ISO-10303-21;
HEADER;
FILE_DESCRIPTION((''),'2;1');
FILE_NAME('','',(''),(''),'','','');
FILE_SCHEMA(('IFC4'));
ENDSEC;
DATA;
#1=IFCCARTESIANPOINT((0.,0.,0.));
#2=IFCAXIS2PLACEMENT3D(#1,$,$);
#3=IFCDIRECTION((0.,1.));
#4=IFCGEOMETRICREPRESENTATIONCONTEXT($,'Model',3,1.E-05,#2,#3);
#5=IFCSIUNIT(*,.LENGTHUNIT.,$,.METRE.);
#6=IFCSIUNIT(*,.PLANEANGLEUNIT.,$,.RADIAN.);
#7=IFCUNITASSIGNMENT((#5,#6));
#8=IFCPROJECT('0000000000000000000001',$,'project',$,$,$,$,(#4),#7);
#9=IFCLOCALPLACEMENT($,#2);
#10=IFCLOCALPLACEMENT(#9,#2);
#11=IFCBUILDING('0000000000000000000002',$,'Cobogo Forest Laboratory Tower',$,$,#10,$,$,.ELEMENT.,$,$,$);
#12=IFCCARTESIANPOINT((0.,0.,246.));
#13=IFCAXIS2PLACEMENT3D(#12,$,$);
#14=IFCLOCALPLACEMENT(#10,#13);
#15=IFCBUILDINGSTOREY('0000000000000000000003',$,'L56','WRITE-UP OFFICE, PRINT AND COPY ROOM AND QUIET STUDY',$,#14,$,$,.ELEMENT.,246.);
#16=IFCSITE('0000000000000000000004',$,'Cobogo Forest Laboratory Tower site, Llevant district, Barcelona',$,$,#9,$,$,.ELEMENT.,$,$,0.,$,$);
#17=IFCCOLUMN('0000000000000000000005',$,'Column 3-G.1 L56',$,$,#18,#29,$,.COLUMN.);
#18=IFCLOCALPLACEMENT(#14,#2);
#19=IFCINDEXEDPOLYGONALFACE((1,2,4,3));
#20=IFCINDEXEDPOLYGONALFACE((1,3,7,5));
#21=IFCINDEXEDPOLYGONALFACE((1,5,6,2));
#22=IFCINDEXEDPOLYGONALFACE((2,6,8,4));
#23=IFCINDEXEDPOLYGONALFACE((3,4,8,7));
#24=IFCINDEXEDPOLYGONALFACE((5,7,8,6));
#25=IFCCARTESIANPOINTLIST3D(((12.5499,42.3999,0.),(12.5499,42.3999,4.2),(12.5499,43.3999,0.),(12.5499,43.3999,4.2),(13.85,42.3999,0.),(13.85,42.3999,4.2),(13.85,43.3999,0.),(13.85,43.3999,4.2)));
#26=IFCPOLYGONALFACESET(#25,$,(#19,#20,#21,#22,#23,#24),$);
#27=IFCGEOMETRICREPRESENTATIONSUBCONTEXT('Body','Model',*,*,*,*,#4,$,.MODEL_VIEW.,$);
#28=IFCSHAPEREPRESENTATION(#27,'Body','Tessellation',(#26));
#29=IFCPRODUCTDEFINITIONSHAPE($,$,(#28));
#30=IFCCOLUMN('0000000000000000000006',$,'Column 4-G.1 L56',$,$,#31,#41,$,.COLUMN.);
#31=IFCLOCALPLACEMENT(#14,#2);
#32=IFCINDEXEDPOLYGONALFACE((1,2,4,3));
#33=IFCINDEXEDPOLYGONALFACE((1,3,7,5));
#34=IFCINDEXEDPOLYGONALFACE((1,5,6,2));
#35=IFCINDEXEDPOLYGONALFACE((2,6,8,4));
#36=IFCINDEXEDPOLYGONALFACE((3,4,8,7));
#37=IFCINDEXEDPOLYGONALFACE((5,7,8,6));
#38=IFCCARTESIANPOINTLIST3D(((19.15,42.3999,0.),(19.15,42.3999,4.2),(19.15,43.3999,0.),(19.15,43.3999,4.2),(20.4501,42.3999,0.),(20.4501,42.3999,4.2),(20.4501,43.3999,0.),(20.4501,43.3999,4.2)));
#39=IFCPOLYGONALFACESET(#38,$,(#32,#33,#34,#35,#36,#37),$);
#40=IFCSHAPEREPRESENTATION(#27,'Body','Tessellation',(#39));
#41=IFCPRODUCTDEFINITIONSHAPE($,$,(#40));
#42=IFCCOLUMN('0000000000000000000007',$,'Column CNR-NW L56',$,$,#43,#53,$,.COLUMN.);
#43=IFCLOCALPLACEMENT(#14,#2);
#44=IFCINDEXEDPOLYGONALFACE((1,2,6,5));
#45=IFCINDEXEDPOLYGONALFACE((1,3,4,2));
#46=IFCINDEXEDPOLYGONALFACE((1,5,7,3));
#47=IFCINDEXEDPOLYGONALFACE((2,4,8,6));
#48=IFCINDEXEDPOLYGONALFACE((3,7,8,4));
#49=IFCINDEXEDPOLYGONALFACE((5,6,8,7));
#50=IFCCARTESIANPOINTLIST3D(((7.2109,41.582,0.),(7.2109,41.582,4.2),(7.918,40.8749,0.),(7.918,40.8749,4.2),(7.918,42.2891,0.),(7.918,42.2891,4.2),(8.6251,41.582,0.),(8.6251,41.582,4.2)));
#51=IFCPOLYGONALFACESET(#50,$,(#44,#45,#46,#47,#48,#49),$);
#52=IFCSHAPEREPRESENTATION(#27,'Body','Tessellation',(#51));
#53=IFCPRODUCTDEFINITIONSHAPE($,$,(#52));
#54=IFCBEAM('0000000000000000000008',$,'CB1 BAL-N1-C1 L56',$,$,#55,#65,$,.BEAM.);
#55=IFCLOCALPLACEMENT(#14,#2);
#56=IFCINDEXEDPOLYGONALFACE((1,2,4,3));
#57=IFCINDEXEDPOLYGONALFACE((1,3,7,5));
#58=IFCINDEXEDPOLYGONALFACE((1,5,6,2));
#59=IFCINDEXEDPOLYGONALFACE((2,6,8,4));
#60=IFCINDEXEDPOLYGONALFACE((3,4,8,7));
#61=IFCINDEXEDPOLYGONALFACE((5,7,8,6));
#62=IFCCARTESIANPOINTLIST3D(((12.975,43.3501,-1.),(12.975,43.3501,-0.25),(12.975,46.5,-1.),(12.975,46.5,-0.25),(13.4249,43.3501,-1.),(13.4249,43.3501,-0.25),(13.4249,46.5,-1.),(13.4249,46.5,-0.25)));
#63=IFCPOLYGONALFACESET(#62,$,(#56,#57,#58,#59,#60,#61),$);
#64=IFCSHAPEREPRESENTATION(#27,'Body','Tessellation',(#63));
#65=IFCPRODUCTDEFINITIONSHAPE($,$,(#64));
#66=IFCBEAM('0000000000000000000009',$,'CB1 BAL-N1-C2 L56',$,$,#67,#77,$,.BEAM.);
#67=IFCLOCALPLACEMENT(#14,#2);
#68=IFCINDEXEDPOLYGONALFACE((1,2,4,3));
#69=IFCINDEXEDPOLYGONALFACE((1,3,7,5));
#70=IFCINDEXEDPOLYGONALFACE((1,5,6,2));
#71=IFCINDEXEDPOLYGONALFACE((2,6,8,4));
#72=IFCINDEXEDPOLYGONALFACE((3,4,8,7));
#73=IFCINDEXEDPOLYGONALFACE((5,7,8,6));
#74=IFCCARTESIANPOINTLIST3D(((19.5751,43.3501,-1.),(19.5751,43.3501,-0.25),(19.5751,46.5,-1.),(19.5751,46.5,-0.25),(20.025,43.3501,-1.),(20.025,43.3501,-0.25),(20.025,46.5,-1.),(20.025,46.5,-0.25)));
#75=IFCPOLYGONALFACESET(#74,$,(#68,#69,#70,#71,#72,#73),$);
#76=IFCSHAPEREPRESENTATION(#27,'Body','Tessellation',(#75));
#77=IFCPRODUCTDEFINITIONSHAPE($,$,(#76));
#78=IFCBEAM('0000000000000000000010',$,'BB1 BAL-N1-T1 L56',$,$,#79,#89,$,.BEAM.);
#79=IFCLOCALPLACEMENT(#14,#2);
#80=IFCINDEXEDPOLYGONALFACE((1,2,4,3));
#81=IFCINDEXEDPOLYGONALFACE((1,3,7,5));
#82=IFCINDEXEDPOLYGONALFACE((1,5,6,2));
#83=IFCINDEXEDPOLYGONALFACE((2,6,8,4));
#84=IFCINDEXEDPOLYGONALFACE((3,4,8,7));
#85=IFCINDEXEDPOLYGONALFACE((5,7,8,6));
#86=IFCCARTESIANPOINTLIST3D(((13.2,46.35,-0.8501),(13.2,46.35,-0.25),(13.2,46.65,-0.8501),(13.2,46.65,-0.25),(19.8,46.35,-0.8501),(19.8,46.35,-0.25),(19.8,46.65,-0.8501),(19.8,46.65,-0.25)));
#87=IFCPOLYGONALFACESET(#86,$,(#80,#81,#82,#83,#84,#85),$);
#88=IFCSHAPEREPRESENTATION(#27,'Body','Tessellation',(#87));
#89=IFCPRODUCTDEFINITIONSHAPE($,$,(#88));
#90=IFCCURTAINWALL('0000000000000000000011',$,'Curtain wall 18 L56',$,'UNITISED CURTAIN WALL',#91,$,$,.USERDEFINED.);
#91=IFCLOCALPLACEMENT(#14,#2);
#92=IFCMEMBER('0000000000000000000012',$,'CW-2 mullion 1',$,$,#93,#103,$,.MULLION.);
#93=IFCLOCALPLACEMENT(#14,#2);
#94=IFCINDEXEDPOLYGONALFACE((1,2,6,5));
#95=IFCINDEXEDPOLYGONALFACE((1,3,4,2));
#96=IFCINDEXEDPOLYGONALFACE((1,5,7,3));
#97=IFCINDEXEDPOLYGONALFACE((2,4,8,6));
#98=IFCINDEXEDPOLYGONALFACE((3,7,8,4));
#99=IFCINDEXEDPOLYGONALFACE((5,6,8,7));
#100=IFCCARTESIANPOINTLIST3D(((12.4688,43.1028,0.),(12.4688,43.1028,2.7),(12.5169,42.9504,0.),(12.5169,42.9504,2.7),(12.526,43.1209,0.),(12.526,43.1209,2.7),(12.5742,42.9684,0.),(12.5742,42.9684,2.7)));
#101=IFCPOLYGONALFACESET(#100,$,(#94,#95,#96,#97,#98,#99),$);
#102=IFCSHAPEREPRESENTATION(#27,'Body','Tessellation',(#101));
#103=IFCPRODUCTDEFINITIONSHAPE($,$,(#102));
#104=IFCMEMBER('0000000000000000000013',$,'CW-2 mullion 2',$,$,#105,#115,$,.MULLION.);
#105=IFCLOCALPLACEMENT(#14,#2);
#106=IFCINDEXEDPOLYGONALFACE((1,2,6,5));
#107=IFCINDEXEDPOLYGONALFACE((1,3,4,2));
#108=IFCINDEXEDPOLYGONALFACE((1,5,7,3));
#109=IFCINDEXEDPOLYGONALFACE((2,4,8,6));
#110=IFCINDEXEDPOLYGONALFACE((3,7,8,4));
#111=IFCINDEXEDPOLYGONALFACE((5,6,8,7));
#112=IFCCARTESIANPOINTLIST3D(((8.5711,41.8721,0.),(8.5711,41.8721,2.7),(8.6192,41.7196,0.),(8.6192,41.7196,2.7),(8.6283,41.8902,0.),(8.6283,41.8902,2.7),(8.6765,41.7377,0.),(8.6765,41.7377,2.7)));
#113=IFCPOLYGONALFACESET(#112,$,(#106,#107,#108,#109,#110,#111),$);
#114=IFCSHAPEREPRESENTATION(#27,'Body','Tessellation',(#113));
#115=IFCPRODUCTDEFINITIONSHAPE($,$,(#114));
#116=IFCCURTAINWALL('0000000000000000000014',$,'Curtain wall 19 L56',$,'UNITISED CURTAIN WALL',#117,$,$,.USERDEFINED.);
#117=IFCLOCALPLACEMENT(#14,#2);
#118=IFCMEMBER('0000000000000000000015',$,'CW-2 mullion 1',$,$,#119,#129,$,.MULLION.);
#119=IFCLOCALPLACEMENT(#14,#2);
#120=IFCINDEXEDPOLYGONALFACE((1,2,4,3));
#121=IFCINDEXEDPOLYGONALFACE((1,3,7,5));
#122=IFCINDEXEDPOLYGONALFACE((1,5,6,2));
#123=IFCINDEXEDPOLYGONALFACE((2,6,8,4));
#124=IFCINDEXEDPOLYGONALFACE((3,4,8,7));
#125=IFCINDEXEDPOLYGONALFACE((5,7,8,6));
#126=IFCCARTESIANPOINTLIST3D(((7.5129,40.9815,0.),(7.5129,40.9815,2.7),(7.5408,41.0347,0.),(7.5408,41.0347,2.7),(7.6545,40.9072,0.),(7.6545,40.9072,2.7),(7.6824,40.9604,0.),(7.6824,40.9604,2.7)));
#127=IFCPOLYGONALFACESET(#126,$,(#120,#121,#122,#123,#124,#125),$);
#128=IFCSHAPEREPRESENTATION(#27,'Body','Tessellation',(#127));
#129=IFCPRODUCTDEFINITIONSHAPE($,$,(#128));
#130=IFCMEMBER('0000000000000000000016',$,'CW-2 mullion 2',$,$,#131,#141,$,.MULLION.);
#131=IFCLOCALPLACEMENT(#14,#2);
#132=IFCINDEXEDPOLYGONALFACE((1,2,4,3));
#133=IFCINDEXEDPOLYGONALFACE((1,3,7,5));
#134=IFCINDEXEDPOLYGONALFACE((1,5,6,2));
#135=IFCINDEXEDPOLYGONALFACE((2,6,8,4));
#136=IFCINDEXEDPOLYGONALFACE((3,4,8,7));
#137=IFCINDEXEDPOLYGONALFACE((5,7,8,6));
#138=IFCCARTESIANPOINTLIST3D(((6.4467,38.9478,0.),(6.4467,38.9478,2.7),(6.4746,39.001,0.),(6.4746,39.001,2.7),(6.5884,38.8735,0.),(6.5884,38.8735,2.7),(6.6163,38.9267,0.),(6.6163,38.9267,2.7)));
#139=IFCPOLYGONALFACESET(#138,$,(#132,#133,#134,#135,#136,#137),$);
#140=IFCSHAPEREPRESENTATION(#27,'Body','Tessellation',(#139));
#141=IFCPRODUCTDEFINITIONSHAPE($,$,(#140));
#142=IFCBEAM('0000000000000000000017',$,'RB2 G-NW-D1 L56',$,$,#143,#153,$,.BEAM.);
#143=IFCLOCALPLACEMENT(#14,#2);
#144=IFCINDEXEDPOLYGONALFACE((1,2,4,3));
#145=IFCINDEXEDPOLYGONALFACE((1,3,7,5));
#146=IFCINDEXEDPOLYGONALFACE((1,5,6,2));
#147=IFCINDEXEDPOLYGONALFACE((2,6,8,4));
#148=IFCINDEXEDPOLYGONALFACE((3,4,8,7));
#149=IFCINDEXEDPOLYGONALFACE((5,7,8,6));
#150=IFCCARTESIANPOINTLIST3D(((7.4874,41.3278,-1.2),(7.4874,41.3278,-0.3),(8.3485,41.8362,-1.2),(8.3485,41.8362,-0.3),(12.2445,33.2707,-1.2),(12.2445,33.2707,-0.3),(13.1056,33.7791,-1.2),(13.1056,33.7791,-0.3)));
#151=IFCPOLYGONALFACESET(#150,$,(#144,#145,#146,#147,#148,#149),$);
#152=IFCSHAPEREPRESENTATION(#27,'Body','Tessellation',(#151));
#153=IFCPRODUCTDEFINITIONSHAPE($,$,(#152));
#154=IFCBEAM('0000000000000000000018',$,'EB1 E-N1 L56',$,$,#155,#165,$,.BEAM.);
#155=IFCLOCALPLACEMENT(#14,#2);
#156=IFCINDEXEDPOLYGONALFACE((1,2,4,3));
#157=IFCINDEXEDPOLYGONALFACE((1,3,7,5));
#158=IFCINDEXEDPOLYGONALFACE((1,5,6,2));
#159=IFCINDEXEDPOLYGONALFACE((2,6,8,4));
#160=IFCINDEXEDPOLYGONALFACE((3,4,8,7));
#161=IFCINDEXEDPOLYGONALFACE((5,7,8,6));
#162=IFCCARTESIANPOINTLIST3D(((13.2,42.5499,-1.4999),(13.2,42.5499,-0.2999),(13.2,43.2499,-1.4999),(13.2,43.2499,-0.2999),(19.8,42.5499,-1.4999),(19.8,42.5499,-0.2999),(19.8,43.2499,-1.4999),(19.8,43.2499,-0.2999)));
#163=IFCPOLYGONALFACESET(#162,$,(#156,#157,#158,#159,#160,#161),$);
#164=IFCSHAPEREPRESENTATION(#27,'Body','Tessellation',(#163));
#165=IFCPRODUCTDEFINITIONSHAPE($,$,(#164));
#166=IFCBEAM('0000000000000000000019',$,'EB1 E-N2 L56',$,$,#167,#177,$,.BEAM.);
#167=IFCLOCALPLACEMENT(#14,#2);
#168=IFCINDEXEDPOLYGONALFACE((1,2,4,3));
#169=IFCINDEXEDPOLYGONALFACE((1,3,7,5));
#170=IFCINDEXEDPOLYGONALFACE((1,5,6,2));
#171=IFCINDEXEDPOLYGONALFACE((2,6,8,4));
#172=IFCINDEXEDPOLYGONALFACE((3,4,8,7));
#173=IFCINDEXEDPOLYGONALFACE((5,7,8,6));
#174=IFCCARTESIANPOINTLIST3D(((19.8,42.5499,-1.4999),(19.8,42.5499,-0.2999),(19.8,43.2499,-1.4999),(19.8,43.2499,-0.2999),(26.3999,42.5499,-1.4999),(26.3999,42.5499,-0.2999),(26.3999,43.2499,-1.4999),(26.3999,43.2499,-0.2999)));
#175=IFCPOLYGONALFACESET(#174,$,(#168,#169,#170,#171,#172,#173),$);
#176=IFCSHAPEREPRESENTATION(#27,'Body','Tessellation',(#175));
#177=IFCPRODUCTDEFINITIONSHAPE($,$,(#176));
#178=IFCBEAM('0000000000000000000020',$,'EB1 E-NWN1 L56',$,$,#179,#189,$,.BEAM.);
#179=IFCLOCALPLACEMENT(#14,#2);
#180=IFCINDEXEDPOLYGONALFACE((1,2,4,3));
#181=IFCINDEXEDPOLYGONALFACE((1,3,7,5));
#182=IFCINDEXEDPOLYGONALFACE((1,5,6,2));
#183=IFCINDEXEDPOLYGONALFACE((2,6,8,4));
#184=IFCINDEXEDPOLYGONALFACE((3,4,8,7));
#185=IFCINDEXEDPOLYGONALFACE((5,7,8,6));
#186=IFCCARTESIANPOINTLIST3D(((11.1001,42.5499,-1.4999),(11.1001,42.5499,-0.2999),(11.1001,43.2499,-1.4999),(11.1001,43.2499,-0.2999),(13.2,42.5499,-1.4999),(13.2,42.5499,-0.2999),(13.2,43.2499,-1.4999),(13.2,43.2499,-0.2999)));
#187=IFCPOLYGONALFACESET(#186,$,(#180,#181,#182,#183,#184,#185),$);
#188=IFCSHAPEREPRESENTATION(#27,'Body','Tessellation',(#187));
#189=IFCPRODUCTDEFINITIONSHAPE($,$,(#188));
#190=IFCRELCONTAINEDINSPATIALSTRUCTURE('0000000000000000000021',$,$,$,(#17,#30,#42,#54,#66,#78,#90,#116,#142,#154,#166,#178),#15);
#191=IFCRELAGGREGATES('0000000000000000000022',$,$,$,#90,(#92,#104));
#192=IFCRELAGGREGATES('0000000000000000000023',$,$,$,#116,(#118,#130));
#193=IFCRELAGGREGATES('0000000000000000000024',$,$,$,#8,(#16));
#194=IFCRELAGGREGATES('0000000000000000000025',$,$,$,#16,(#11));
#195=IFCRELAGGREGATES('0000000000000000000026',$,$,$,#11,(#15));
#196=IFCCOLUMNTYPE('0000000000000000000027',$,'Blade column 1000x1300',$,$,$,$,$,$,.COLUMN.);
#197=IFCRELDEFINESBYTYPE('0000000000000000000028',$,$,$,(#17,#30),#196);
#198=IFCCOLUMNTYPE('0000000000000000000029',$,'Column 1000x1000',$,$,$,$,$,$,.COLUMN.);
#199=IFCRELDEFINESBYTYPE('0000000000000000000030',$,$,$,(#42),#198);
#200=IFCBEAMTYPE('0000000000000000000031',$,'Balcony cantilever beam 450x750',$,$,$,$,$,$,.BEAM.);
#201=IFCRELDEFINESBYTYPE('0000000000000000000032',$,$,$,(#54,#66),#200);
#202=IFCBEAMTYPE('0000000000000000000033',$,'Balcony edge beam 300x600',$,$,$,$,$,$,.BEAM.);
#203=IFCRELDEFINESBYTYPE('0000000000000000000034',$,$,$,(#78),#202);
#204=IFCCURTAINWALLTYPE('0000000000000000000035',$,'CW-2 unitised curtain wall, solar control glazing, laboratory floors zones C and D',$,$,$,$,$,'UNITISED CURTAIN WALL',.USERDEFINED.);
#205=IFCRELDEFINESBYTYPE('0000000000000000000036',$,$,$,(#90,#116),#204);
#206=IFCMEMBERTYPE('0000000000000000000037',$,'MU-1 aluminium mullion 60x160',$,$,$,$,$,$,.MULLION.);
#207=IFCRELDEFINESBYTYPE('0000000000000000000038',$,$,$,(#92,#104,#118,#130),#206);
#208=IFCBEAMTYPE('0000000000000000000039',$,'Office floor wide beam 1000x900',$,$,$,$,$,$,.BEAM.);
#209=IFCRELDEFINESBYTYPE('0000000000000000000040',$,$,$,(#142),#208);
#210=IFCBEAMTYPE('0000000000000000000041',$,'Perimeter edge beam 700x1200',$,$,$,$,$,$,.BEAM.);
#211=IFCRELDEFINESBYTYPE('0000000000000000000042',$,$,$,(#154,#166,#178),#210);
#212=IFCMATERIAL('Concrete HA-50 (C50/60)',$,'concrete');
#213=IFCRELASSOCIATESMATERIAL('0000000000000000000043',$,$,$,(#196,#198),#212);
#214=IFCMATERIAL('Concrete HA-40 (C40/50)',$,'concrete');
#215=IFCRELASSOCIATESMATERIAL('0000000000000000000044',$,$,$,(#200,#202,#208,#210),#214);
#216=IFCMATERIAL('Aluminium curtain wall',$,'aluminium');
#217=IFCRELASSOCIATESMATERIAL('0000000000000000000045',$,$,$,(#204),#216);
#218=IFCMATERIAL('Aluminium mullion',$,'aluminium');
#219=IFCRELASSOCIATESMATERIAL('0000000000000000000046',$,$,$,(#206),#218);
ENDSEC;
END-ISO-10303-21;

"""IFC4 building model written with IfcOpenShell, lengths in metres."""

from ifc_helpers import new_model, si_unit, direction, frame, origin, origin_2d, place, context, subcontext, project, spatial, rectangle, extrude, material, material_profile, profile_set, type_object, element, aggregate, save


model = new_model("IFC4")

# Units and contexts
model_context = context("Model", 3, precision=1e-05, world=origin(), true_north=direction((0.0, 1.0)))
body_context = subcontext(model_context, "Body", "Model", "MODEL_VIEW")
ifc_project = project(units=[si_unit("LENGTHUNIT", "METRE"), si_unit("PLANEANGLEUNIT", "RADIAN")], contexts=[model_context])

# Site, building, storey
site_placement = place(None, origin())
site = spatial("IfcSite", under=ifc_project, at=site_placement, Name="Cobogo Forest Laboratory Tower site, Llevant district, Barcelona", CompositionType="ELEMENT", RefElevation=0.0)
building_placement = place(site_placement, origin())
building = spatial("IfcBuilding", under=site, at=building_placement, Name="Cobogo Forest Laboratory Tower", CompositionType="ELEMENT")
storey_placement = place(building_placement, frame((0.0, 0.0, 246.0)))
storey = spatial("IfcBuildingStorey", under=building, at=storey_placement, Name="L56", Description="WRITE-UP OFFICE, PRINT AND COPY ROOM AND QUIET STUDY", CompositionType="ELEMENT", Elevation=246.0)

# Columns
ifc_material_1 = material(Name="Concrete HA-50 (C50/60)", Category="concrete")
ifc_material_profile_1 = material_profile(ifc_material_1, rectangle(XDim=1.3, YDim=1.0, at=origin_2d()), Name="RC 1000x1300")
ifc_profile_set_1 = profile_set([ifc_material_profile_1], Name="Concrete HA-50 (C50/60)")
column_type_1 = type_object("IfcColumnType", Name="Blade column 1000x1300", PredefinedType="COLUMN", material=ifc_profile_set_1)
for number, where, z_axis, x_axis, name in (
    (1, (13.2, 42.8999, 0.0), (0.0, 0.0, 1.0), (1.0, 0.0, 0.0), "Column 3-G.1 L56"),
    (2, (19.8, 42.8999, 0.0), (0.0, 0.0, 1.0), (1.0, 0.0, 0.0), "Column 4-G.1 L56"),
):
    element("IfcColumn", number, at=place(storey_placement, frame(where, z_axis=z_axis, x_axis=x_axis)), inside=storey, type_object=column_type_1, Name=name, PredefinedType="COLUMN", context=body_context, shape_type="SweptSolid", body=[
        extrude(rectangle(XDim=1.3, YDim=1.0, at=origin_2d()), origin(), (0.0, 0.0, 1.0), 4.2),
    ])
ifc_material_profile_2 = material_profile(ifc_material_1, rectangle(XDim=1.0, YDim=1.0, at=origin_2d()), Name="RC 1000x1000")
ifc_profile_set_2 = profile_set([ifc_material_profile_2], Name="Concrete HA-50 (C50/60)")
column_type_2 = type_object("IfcColumnType", Name="Column 1000x1000", PredefinedType="COLUMN", material=ifc_profile_set_2)
column_placement = place(storey_placement, frame((7.918, 41.582, 0.0), z_axis=(0.0, 0.0, 1.0), x_axis=(0.707107, 0.707107, 0.0)))
element("IfcColumn", 3, at=column_placement, inside=storey, type_object=column_type_2, Name="Column CNR-NW L56", PredefinedType="COLUMN", context=body_context, shape_type="SweptSolid", body=[
    extrude(rectangle(XDim=1.0, YDim=1.0, at=origin_2d()), origin(), (0.0, 0.0, 1.0), 4.2),
])

# Beams
ifc_material_2 = material(Name="Concrete HA-40 (C40/50)", Category="concrete")
ifc_material_profile_3 = material_profile(ifc_material_2, rectangle(XDim=0.45, YDim=0.75, at=origin_2d()), Name="RC 450x750")
ifc_profile_set_3 = profile_set([ifc_material_profile_3], Name="Concrete HA-40 (C40/50)")
beam_type_1 = type_object("IfcBeamType", Name="Balcony cantilever beam 450x750", PredefinedType="BEAM", material=ifc_profile_set_3)
for number, where, z_axis, x_axis, name in (
    (4, (13.2, 43.3501, -0.625), (0.0, 1.0, 0.0), (-1.0, 0.0, 0.0), "CB1 BAL-N1-C1 L56"),
    (5, (19.8, 43.3501, -0.625), (0.0, 1.0, 0.0), (-1.0, 0.0, 0.0), "CB1 BAL-N1-C2 L56"),
):
    element("IfcBeam", number, at=place(storey_placement, frame(where, z_axis=z_axis, x_axis=x_axis)), inside=storey, type_object=beam_type_1, Name=name, PredefinedType="BEAM", context=body_context, shape_type="SweptSolid", body=[
        extrude(rectangle(XDim=0.45, YDim=0.75, at=origin_2d()), origin(), (0.0, 0.0, 1.0), 3.1499),
    ])
ifc_material_profile_4 = material_profile(ifc_material_2, rectangle(XDim=0.3, YDim=0.6001, at=origin_2d()), Name="RC 300x600")
ifc_profile_set_4 = profile_set([ifc_material_profile_4], Name="Concrete HA-40 (C40/50)")
beam_type_2 = type_object("IfcBeamType", Name="Balcony edge beam 300x600", PredefinedType="BEAM", material=ifc_profile_set_4)
beam_1_placement = place(storey_placement, frame((13.2, 46.5, -0.55), z_axis=(1.0, 0.0, 0.0), x_axis=(0.0, 1.0, 0.0)))
element("IfcBeam", 6, at=beam_1_placement, inside=storey, type_object=beam_type_2, Name="BB1 BAL-N1-T1 L56", PredefinedType="BEAM", context=body_context, shape_type="SweptSolid", body=[
    extrude(rectangle(XDim=0.3, YDim=0.6001, at=origin_2d()), origin(), (0.0, 0.0, 1.0), 6.6001),
])

# Curtain walls, members
ifc_material_3 = material(Name="Aluminium curtain wall", Category="aluminium")
curtain_wall_type = type_object("IfcCurtainWallType", Name="CW-2 unitised curtain wall, solar control glazing, laboratory floors zones C and D", ElementType="UNITISED CURTAIN WALL", PredefinedType="USERDEFINED", material=ifc_material_3)
curtain_wall_1_placement = place(storey_placement, origin())
curtain_wall_1 = element("IfcCurtainWall", 7, at=curtain_wall_1_placement, inside=storey, type_object=curtain_wall_type, Name="Curtain wall 18 L56", ObjectType="UNITISED CURTAIN WALL", PredefinedType="USERDEFINED")
ifc_material_4 = material(Name="Aluminium mullion", Category="aluminium")
ifc_material_profile_5 = material_profile(ifc_material_4, rectangle(XDim=0.0601, YDim=0.1599, at=origin_2d()), Name="AL 60x160")
ifc_profile_set_5 = profile_set([ifc_material_profile_5], Name="Aluminium mullion")
member_type_1 = type_object("IfcMemberType", Name="MU-1 aluminium mullion 60x160", PredefinedType="MULLION", material=ifc_profile_set_5)
member_1_placement = place(storey_placement, frame((12.5215, 43.0356, 0.0), z_axis=(0.0, 0.0, 1.0), x_axis=(-0.953581, -0.301135, 0.0)))
member_1 = element("IfcMember", 8, at=member_1_placement, type_object=member_type_1, Name="CW-2 mullion 1", PredefinedType="MULLION", context=body_context, shape_type="SweptSolid", body=[
    extrude(rectangle(XDim=0.0601, YDim=0.1599, at=origin_2d()), origin(), (0.0, 0.0, 1.0), 2.7),
])
member_2_placement = place(storey_placement, frame((8.6238, 41.8049, 0.0), z_axis=(0.0, 0.0, 1.0), x_axis=(-0.953581, -0.301135, 0.0)))
member_2 = element("IfcMember", 9, at=member_2_placement, type_object=member_type_1, Name="CW-2 mullion 2", PredefinedType="MULLION", context=body_context, shape_type="SweptSolid", body=[
    extrude(rectangle(XDim=0.0601, YDim=0.1599, at=origin_2d()), origin(), (0.0, 0.0, 1.0), 2.7),
])
curtain_wall_2_placement = place(storey_placement, origin())
curtain_wall_2 = element("IfcCurtainWall", 10, at=curtain_wall_2_placement, inside=storey, type_object=curtain_wall_type, Name="Curtain wall 19 L56", ObjectType="UNITISED CURTAIN WALL", PredefinedType="USERDEFINED")
member_3_placement = place(storey_placement, frame((7.5977, 40.9709, 0.0), z_axis=(0.0, 0.0, 1.0), x_axis=(-0.464284, -0.885686, 0.0)))
member_3 = element("IfcMember", 11, at=member_3_placement, type_object=member_type_1, Name="CW-2 mullion 1", PredefinedType="MULLION", context=body_context, shape_type="SweptSolid", body=[
    extrude(rectangle(XDim=0.0601, YDim=0.1599, at=origin_2d()), origin(), (0.0, 0.0, 1.0), 2.7),
])
member_4_placement = place(storey_placement, frame((6.5315, 38.9373, 0.0), z_axis=(0.0, 0.0, 1.0), x_axis=(-0.464284, -0.885686, 0.0)))
member_4 = element("IfcMember", 12, at=member_4_placement, type_object=member_type_1, Name="CW-2 mullion 2", PredefinedType="MULLION", context=body_context, shape_type="SweptSolid", body=[
    extrude(rectangle(XDim=0.0601, YDim=0.1599, at=origin_2d()), origin(), (0.0, 0.0, 1.0), 2.7),
])

# Beams
ifc_material_profile_6 = material_profile(ifc_material_2, rectangle(XDim=1.0, YDim=0.8999, at=origin_2d()), Name="RC 1000x900")
ifc_profile_set_6 = profile_set([ifc_material_profile_6], Name="Concrete HA-40 (C40/50)")
beam_type_3 = type_object("IfcBeamType", Name="Office floor wide beam 1000x900", PredefinedType="BEAM", material=ifc_profile_set_6)
beam_2_placement = place(storey_placement, frame((7.918, 41.582, -0.75), z_axis=(0.508416, -0.861111, 0.0), x_axis=(0.861111, 0.508416, 0.0)))
element("IfcBeam", 13, at=beam_2_placement, inside=storey, type_object=beam_type_3, Name="RB2 G-NW-D1 L56", PredefinedType="BEAM", context=body_context, shape_type="SweptSolid", body=[
    extrude(rectangle(XDim=1.0, YDim=0.8999, at=origin_2d()), origin(), (0.0, 0.0, 1.0), 9.3567),
])
ifc_material_profile_7 = material_profile(ifc_material_2, rectangle(XDim=0.7, YDim=1.2, at=origin_2d()), Name="RC 700x1200")
ifc_profile_set_7 = profile_set([ifc_material_profile_7], Name="Concrete HA-40 (C40/50)")
beam_type_4 = type_object("IfcBeamType", Name="Perimeter edge beam 700x1200", PredefinedType="BEAM", material=ifc_profile_set_7)
beam_3_placement = place(storey_placement, frame((13.2, 42.8999, -0.8999), z_axis=(1.0, 0.0, 0.0), x_axis=(0.0, 1.0, 0.0)))
element("IfcBeam", 14, at=beam_3_placement, inside=storey, type_object=beam_type_4, Name="EB1 E-N1 L56", PredefinedType="BEAM", context=body_context, shape_type="SweptSolid", body=[
    extrude(rectangle(XDim=0.7, YDim=1.2, at=origin_2d()), origin(), (0.0, 0.0, 1.0), 6.6001),
])
beam_4_placement = place(storey_placement, frame((19.8, 42.8999, -0.8999), z_axis=(1.0, 0.0, 0.0), x_axis=(0.0, 1.0, 0.0)))
element("IfcBeam", 15, at=beam_4_placement, inside=storey, type_object=beam_type_4, Name="EB1 E-N2 L56", PredefinedType="BEAM", context=body_context, shape_type="SweptSolid", body=[
    extrude(rectangle(XDim=0.7, YDim=1.2, at=origin_2d()), origin(), (0.0, 0.0, 1.0), 6.5999),
])
beam_5_placement = place(storey_placement, frame((13.2, 42.8999, -0.8999), z_axis=(-1.0, 0.0, 0.0), x_axis=(0.0, -1.0, 0.0)))
element("IfcBeam", 16, at=beam_5_placement, inside=storey, type_object=beam_type_4, Name="EB1 E-NWN1 L56", PredefinedType="BEAM", context=body_context, shape_type="SweptSolid", body=[
    extrude(rectangle(XDim=0.7, YDim=1.2, at=origin_2d()), origin(), (0.0, 0.0, 1.0), 2.0999),
])

aggregate(curtain_wall_1, [member_1, member_2])
aggregate(curtain_wall_2, [member_3, member_4])

save(model, "model.ifc")
